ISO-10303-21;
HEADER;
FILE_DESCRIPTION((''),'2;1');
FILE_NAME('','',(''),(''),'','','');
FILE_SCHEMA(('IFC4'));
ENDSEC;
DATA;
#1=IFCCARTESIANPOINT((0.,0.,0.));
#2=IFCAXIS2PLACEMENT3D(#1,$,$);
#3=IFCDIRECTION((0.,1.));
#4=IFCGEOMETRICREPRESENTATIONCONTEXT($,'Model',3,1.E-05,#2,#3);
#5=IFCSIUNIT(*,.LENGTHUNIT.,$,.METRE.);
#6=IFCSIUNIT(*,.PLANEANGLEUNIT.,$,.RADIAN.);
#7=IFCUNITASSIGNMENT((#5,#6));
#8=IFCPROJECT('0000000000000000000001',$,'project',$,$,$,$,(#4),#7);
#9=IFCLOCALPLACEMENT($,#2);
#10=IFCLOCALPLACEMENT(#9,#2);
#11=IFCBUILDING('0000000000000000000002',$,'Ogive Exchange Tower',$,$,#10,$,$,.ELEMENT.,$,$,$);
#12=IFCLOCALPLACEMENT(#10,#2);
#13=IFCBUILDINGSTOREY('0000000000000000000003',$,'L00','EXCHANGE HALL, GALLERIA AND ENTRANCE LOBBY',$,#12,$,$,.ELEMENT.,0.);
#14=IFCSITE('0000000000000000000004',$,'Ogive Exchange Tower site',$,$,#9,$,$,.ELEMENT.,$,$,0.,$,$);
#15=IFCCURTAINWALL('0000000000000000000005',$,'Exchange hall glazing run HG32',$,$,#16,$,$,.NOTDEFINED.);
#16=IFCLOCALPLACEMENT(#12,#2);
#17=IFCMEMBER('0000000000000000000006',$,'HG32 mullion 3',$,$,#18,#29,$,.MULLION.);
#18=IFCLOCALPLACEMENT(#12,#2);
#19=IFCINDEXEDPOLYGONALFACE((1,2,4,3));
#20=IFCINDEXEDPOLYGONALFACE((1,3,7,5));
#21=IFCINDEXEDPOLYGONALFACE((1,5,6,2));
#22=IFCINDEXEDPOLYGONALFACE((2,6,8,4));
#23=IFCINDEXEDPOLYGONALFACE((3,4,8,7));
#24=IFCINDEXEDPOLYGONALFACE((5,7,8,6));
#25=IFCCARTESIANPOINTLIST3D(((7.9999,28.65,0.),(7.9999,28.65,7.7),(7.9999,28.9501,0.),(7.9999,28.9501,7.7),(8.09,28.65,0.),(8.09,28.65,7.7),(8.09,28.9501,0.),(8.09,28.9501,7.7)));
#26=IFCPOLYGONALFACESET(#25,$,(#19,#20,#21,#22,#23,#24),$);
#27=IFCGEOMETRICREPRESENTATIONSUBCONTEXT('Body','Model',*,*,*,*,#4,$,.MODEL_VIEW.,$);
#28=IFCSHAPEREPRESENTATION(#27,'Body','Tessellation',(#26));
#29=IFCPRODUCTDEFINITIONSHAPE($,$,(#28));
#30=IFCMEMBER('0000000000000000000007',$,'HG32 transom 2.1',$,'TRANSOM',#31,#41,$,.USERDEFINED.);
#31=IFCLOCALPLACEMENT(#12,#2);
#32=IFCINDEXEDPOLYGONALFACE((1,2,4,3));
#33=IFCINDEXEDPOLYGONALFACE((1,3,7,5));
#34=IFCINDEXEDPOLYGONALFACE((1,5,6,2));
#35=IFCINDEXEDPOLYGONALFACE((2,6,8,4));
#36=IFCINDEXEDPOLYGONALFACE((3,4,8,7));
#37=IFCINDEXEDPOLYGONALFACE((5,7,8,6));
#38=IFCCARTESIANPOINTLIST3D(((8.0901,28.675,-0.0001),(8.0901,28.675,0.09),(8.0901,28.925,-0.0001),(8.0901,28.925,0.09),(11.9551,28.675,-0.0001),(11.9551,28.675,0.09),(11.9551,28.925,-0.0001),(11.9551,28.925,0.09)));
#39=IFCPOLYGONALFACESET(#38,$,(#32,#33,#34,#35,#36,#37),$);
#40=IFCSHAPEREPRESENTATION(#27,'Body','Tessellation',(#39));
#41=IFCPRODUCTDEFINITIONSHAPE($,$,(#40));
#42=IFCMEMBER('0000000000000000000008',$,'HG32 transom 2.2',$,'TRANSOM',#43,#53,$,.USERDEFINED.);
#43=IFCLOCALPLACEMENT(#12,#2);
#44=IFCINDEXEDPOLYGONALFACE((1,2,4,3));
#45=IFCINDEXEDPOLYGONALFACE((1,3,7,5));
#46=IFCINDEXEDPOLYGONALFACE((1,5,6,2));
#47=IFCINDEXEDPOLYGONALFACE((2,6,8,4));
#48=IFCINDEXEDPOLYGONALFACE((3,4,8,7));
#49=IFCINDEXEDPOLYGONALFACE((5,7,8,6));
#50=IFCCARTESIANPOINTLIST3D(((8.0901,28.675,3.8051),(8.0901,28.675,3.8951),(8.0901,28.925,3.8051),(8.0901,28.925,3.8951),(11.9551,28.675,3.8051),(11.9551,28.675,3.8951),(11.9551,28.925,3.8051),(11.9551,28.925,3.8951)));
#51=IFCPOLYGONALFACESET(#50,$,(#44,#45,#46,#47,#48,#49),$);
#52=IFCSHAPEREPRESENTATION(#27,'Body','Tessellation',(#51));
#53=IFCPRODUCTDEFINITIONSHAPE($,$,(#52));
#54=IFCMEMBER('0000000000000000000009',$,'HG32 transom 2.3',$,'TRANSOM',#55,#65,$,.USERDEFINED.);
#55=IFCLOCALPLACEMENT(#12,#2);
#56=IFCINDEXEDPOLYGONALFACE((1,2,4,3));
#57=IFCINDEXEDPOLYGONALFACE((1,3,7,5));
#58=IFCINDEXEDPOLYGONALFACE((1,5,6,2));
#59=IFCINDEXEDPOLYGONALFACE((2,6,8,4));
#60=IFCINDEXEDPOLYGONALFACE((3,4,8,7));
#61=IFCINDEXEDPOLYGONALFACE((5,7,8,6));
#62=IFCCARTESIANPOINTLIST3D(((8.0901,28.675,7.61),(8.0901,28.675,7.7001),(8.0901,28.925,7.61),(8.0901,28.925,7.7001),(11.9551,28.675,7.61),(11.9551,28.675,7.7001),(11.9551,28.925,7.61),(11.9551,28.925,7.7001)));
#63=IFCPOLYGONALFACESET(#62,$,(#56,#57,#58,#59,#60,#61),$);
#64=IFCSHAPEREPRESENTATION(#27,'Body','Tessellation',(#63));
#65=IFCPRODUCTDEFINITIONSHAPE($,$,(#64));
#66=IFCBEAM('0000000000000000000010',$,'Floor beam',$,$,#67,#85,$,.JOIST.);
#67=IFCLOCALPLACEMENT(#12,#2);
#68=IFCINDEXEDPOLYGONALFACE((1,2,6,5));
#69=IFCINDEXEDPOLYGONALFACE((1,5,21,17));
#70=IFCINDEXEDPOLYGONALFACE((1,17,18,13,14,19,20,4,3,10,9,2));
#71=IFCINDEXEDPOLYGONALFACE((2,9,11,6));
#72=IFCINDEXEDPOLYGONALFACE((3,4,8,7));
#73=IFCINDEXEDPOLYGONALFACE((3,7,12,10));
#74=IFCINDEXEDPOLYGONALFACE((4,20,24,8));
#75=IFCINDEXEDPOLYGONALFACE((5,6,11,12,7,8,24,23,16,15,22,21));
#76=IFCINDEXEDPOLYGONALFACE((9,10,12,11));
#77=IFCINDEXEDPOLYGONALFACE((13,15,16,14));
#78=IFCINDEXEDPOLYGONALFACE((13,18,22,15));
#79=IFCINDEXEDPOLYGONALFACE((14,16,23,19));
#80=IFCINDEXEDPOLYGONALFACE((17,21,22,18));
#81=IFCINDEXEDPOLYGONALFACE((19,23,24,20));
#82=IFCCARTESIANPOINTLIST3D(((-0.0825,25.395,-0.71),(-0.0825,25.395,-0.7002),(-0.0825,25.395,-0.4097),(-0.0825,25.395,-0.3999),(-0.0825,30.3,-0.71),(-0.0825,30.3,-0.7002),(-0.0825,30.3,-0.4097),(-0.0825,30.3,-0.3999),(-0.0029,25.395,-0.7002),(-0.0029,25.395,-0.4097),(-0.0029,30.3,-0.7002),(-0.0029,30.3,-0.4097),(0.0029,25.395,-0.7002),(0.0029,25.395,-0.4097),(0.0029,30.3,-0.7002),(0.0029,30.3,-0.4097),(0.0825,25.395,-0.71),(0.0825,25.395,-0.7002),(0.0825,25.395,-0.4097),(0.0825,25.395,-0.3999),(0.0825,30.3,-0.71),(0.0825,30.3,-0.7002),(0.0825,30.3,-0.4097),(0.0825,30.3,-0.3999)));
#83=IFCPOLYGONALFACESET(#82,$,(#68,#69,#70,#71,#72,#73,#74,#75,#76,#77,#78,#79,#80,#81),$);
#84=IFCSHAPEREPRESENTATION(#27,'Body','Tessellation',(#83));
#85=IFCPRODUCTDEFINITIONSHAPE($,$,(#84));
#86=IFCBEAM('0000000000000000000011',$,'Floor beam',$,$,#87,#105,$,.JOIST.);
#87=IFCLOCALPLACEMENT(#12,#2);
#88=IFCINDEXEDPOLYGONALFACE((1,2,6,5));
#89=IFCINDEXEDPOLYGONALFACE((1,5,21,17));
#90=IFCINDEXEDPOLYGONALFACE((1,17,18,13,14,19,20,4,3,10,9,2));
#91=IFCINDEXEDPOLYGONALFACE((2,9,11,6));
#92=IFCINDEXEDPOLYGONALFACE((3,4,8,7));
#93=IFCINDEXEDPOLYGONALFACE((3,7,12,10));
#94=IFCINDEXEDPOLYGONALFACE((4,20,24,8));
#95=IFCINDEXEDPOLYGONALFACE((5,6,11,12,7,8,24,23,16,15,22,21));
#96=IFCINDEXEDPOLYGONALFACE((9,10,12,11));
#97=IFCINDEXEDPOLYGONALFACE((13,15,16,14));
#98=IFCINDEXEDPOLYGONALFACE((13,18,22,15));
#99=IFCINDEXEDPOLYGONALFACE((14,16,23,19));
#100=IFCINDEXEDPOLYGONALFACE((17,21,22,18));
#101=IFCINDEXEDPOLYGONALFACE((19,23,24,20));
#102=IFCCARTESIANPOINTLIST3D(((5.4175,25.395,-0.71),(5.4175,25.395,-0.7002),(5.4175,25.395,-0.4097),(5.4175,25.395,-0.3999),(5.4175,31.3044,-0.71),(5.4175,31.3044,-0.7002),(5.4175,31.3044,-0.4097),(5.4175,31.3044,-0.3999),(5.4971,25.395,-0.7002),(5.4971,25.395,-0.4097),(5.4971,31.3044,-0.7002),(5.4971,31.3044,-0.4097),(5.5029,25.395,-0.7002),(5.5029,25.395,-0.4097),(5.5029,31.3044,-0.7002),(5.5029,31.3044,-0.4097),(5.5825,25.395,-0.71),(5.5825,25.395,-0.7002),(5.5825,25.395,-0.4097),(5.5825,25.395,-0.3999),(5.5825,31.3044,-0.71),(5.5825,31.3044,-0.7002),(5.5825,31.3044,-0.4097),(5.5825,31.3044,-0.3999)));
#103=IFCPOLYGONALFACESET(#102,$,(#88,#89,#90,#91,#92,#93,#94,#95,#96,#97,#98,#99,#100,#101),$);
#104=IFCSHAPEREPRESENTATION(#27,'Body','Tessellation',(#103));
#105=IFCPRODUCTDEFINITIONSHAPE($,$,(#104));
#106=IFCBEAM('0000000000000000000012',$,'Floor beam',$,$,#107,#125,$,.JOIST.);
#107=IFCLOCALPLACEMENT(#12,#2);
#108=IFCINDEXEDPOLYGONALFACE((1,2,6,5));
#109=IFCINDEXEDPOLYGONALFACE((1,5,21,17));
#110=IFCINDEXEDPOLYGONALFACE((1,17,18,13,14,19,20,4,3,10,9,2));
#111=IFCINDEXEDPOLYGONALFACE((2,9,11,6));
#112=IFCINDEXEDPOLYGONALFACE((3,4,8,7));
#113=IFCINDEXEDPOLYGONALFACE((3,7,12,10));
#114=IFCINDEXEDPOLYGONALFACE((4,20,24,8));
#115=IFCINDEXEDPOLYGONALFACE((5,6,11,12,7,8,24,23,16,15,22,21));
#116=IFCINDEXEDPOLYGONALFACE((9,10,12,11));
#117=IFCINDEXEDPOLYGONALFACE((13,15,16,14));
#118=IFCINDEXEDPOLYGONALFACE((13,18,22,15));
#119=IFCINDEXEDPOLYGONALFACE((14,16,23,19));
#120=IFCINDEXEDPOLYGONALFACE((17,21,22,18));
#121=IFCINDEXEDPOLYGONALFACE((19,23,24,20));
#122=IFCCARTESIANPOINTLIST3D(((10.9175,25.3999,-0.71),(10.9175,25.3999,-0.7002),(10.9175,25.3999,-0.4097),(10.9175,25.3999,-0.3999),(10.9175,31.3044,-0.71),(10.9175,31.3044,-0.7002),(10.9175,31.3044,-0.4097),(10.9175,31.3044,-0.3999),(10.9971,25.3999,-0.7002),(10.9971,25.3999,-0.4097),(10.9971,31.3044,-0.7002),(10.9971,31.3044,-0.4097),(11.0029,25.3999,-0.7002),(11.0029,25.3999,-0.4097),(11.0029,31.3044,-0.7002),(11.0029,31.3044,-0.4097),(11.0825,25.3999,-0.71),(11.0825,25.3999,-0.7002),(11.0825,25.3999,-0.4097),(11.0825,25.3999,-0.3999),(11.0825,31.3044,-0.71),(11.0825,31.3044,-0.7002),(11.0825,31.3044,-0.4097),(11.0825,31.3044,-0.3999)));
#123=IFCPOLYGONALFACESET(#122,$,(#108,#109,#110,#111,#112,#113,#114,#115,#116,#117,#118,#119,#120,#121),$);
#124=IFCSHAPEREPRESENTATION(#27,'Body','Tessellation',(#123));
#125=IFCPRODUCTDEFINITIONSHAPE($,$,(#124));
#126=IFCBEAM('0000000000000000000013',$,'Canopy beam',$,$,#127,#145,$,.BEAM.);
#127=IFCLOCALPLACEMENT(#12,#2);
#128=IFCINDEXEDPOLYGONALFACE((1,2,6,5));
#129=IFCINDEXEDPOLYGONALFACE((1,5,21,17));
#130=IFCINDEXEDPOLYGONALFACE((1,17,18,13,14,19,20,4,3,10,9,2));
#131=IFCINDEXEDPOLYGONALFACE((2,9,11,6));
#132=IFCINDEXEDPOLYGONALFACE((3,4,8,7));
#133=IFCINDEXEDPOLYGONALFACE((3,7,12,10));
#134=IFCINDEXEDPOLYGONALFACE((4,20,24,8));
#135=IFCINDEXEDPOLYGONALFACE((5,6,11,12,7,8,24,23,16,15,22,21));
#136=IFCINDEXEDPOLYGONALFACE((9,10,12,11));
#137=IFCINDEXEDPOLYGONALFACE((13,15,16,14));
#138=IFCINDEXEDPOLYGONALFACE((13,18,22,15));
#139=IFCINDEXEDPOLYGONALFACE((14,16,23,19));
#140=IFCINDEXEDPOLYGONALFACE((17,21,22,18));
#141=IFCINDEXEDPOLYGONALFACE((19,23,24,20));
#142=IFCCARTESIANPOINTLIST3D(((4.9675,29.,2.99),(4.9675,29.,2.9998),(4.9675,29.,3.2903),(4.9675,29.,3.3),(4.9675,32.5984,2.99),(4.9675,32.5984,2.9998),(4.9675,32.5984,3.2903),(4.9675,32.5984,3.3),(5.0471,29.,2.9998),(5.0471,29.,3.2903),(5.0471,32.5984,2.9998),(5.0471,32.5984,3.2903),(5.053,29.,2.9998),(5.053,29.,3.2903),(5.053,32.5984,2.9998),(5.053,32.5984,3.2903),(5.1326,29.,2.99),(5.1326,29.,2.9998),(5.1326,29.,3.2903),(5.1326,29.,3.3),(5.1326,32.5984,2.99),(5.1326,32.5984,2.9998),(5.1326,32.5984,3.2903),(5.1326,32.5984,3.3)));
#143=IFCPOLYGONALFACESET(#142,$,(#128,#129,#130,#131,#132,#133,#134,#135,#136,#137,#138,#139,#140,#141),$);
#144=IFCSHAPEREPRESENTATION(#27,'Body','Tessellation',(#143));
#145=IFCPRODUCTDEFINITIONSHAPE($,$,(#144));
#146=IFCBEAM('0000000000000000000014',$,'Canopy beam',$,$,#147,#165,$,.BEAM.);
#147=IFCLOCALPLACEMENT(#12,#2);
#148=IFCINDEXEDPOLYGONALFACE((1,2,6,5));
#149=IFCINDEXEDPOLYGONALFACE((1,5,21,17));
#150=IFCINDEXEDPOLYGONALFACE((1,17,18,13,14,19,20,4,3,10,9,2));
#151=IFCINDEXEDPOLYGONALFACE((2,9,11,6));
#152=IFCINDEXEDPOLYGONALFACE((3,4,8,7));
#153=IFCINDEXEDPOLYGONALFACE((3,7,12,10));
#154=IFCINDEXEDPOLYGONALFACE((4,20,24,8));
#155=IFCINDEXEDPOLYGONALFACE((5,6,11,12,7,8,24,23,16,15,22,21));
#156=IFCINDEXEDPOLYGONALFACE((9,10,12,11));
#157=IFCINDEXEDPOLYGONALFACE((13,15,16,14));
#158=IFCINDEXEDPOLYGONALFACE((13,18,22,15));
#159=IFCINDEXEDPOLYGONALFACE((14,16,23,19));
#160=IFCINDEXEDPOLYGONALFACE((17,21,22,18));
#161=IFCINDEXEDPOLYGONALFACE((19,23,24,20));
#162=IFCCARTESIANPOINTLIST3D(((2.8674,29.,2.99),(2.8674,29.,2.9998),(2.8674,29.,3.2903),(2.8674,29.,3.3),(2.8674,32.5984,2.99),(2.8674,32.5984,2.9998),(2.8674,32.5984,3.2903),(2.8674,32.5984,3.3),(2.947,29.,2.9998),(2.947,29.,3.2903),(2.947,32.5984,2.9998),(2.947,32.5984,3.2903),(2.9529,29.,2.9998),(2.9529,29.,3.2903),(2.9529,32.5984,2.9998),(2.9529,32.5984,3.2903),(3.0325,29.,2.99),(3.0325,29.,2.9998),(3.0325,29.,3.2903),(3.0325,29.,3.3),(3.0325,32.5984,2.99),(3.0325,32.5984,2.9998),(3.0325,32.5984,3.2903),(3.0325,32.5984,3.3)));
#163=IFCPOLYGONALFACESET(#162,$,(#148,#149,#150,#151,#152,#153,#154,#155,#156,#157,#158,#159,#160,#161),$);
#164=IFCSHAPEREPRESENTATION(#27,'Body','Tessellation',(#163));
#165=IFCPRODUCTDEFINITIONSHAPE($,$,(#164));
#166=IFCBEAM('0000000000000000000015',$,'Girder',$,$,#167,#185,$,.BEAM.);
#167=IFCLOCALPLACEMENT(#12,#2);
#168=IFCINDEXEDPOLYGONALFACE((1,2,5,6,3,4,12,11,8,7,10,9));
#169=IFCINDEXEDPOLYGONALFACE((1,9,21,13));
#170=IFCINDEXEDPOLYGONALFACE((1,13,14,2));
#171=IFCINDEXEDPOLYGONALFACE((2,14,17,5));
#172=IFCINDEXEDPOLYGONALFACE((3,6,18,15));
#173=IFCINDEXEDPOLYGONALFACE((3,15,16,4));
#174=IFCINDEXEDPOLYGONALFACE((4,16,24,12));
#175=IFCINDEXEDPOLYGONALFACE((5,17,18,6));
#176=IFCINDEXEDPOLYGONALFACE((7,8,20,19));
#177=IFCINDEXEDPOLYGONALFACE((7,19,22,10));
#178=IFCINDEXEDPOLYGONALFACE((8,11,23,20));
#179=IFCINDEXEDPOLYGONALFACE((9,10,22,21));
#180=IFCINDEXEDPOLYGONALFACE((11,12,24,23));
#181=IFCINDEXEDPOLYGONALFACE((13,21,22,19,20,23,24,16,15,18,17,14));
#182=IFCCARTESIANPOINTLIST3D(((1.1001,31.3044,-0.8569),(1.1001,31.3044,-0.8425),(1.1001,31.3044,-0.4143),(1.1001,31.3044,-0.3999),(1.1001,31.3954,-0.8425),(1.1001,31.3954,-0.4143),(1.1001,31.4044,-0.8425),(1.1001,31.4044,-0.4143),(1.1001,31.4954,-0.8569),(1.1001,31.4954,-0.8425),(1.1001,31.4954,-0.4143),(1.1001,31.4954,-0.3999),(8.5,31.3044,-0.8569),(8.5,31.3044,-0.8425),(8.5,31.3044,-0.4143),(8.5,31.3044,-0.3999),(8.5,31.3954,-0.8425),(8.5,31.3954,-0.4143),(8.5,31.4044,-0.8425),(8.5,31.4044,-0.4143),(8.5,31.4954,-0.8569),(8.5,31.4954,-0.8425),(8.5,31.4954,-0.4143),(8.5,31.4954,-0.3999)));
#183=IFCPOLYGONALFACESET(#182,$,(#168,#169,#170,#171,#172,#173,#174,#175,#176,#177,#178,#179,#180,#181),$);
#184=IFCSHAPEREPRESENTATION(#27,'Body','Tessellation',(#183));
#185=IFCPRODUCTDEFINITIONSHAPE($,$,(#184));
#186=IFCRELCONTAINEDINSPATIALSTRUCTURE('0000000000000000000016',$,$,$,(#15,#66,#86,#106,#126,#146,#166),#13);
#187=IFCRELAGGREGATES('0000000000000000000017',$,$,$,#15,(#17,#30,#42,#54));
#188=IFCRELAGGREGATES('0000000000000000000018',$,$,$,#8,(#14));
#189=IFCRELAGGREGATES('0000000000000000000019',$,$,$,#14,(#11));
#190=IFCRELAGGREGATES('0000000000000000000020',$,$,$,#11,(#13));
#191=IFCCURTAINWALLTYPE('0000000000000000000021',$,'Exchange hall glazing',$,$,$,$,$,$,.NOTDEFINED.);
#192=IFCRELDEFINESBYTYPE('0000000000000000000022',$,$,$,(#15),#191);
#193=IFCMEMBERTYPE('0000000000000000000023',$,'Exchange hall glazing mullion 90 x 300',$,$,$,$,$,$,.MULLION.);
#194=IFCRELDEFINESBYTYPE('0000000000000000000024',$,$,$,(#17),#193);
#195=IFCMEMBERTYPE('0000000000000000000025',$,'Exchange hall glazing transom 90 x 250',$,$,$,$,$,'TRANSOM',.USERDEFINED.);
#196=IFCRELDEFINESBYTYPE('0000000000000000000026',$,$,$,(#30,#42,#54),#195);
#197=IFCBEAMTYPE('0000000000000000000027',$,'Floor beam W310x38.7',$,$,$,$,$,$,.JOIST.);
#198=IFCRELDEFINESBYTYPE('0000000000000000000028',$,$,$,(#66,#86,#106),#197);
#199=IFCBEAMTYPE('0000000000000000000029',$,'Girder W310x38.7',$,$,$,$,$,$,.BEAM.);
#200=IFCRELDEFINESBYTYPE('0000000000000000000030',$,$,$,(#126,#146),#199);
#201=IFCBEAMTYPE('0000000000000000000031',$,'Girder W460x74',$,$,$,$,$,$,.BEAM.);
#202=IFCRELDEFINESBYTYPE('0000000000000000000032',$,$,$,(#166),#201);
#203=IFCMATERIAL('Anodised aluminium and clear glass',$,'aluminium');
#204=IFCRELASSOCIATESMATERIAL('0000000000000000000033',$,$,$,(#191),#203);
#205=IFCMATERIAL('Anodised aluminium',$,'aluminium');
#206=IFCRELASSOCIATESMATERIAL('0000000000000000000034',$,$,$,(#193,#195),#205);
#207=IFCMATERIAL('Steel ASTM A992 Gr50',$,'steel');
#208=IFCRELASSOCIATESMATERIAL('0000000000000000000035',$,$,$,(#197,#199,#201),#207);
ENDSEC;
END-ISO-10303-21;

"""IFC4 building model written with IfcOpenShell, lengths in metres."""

from ifc_helpers import new_model, si_unit, direction, frame, origin, origin_2d, place, context, subcontext, project, spatial, rectangle, i_section, extrude, material, material_profile, profile_set, type_object, element, aggregate, save


model = new_model("IFC4")

# Units and contexts
model_context = context("Model", 3, precision=1e-05, world=origin(), true_north=direction((0.0, 1.0)))
body_context = subcontext(model_context, "Body", "Model", "MODEL_VIEW")
ifc_project = project(units=[si_unit("LENGTHUNIT", "METRE"), si_unit("PLANEANGLEUNIT", "RADIAN")], contexts=[model_context])

# Site, building, storey
site_placement = place(None, origin())
site = spatial("IfcSite", under=ifc_project, at=site_placement, Name="Ogive Exchange Tower site", CompositionType="ELEMENT", RefElevation=0.0)
building_placement = place(site_placement, origin())
building = spatial("IfcBuilding", under=site, at=building_placement, Name="Ogive Exchange Tower", CompositionType="ELEMENT")
storey_placement = place(building_placement, origin())
storey = spatial("IfcBuildingStorey", under=building, at=storey_placement, Name="L00", Description="EXCHANGE HALL, GALLERIA AND ENTRANCE LOBBY", CompositionType="ELEMENT", Elevation=0.0)

# Curtain wall, members
ifc_material_1 = material(Name="Anodised aluminium and clear glass", Category="aluminium")
curtain_wall_type = type_object("IfcCurtainWallType", Name="Exchange hall glazing", PredefinedType="NOTDEFINED", material=ifc_material_1)
curtain_wall_placement = place(storey_placement, origin())
curtain_wall = element("IfcCurtainWall", 1, at=curtain_wall_placement, inside=storey, type_object=curtain_wall_type, Name="Exchange hall glazing run HG32", PredefinedType="NOTDEFINED")
ifc_material_2 = material(Name="Anodised aluminium", Category="aluminium")
ifc_material_profile_1 = material_profile(ifc_material_2, rectangle(XDim=0.3, YDim=0.0901, at=origin_2d()), Name="AL 90x300")
ifc_profile_set_1 = profile_set([ifc_material_profile_1], Name="Anodised aluminium")
member_type_1 = type_object("IfcMemberType", Name="Exchange hall glazing mullion 90 x 300", PredefinedType="MULLION", material=ifc_profile_set_1)
member_1_placement = place(storey_placement, frame((8.0449, 28.8, 0.0), z_axis=(0.0, 0.0, 1.0), x_axis=(0.0, -1.0, 0.0)))
member_1 = element("IfcMember", 2, at=member_1_placement, type_object=member_type_1, Name="HG32 mullion 3", PredefinedType="MULLION", context=body_context, shape_type="SweptSolid", body=[
    extrude(rectangle(XDim=0.3, YDim=0.0901, at=origin_2d()), origin(), (0.0, 0.0, 1.0), 7.7),
])
ifc_material_profile_2 = material_profile(ifc_material_2, rectangle(XDim=0.25, YDim=0.0901, at=origin_2d()), Name="AL 90x250")
ifc_profile_set_2 = profile_set([ifc_material_profile_2], Name="Anodised aluminium")
member_type_2 = type_object("IfcMemberType", Name="Exchange hall glazing transom 90 x 250", ElementType="TRANSOM", PredefinedType="USERDEFINED", material=ifc_profile_set_2)
member_2_placement = place(storey_placement, frame((11.9551, 28.8, 0.0449), z_axis=(-1.0, 0.0, 0.0), x_axis=(0.0, -1.0, 0.0)))
member_2 = element("IfcMember", 3, at=member_2_placement, type_object=member_type_2, Name="HG32 transom 2.1", ObjectType="TRANSOM", PredefinedType="USERDEFINED", context=body_context, shape_type="SweptSolid", body=[
    extrude(rectangle(XDim=0.25, YDim=0.0901, at=origin_2d()), origin(), (0.0, 0.0, 1.0), 3.865),
])
member_3_placement = place(storey_placement, frame((11.9551, 28.8, 3.8501), z_axis=(-1.0, 0.0, 0.0), x_axis=(0.0, -1.0, 0.0)))
member_3 = element("IfcMember", 4, at=member_3_placement, type_object=member_type_2, Name="HG32 transom 2.2", ObjectType="TRANSOM", PredefinedType="USERDEFINED", context=body_context, shape_type="SweptSolid", body=[
    extrude(rectangle(XDim=0.25, YDim=0.0901, at=origin_2d()), origin(), (0.0, 0.0, 1.0), 3.865),
])
member_4_placement = place(storey_placement, frame((11.9551, 28.8, 7.655), z_axis=(-1.0, 0.0, 0.0), x_axis=(0.0, -1.0, 0.0)))
member_4 = element("IfcMember", 5, at=member_4_placement, type_object=member_type_2, Name="HG32 transom 2.3", ObjectType="TRANSOM", PredefinedType="USERDEFINED", context=body_context, shape_type="SweptSolid", body=[
    extrude(rectangle(XDim=0.25, YDim=0.0901, at=origin_2d()), origin(), (0.0, 0.0, 1.0), 3.865),
])

# Beams
ifc_material_3 = material(Name="Steel ASTM A992 Gr50", Category="steel")
ifc_material_profile_3 = material_profile(ifc_material_3, i_section(OverallWidth=0.165, OverallDepth=0.3101, WebThickness=0.0059, FlangeThickness=0.0098, at=origin_2d()), Name="W310x38.7")
ifc_profile_set_3 = profile_set([ifc_material_profile_3], Name="Steel ASTM A992 Gr50")
beam_type_1 = type_object("IfcBeamType", Name="Floor beam W310x38.7", PredefinedType="JOIST", material=ifc_profile_set_3)
beam_1_placement = place(storey_placement, frame((0.0, 25.395, -0.5549), z_axis=(0.0, 1.0, 0.0), x_axis=(-1.0, 0.0, 0.0)))
element("IfcBeam", 6, at=beam_1_placement, inside=storey, type_object=beam_type_1, Name="Floor beam", PredefinedType="JOIST", context=body_context, shape_type="SweptSolid", body=[
    extrude(i_section(OverallWidth=0.165, OverallDepth=0.3101, WebThickness=0.0059, FlangeThickness=0.0098, at=origin_2d()), origin(), (0.0, 0.0, 1.0), 4.905),
])
beam_2_placement = place(storey_placement, frame((5.5, 25.395, -0.5549), z_axis=(0.0, 1.0, 0.0), x_axis=(-1.0, 0.0, 0.0)))
element("IfcBeam", 7, at=beam_2_placement, inside=storey, type_object=beam_type_1, Name="Floor beam", PredefinedType="JOIST", context=body_context, shape_type="SweptSolid", body=[
    extrude(i_section(OverallWidth=0.165, OverallDepth=0.3101, WebThickness=0.0059, FlangeThickness=0.0098, at=origin_2d()), origin(), (0.0, 0.0, 1.0), 5.9094),
])
beam_3_placement = place(storey_placement, frame((11.0, 25.3999, -0.5549), z_axis=(0.0, 1.0, 0.0), x_axis=(-1.0, 0.0, 0.0)))
element("IfcBeam", 8, at=beam_3_placement, inside=storey, type_object=beam_type_1, Name="Floor beam", PredefinedType="JOIST", context=body_context, shape_type="SweptSolid", body=[
    extrude(i_section(OverallWidth=0.165, OverallDepth=0.3101, WebThickness=0.0059, FlangeThickness=0.0098, at=origin_2d()), origin(), (0.0, 0.0, 1.0), 5.9045),
])
ifc_material_profile_4 = material_profile(ifc_material_3, i_section(OverallWidth=0.165, OverallDepth=0.3101, WebThickness=0.0059, FlangeThickness=0.0098, at=origin_2d()), Name="W310x38.7")
ifc_profile_set_4 = profile_set([ifc_material_profile_4], Name="Steel ASTM A992 Gr50")
beam_type_2 = type_object("IfcBeamType", Name="Girder W310x38.7", PredefinedType="BEAM", material=ifc_profile_set_4)
for number, where, z_axis, x_axis, name in (
    (9, (5.05, 29.0, 3.145), (0.0, 1.0, 0.0), (-1.0, 0.0, 0.0), "Canopy beam"),
    (10, (2.95, 29.0, 3.145), (0.0, 1.0, 0.0), (-1.0, 0.0, 0.0), "Canopy beam"),
):
    element("IfcBeam", number, at=place(storey_placement, frame(where, z_axis=z_axis, x_axis=x_axis)), inside=storey, type_object=beam_type_2, Name=name, PredefinedType="BEAM", context=body_context, shape_type="SweptSolid", body=[
        extrude(i_section(OverallWidth=0.165, OverallDepth=0.3101, WebThickness=0.0059, FlangeThickness=0.0098, at=origin_2d()), origin(), (0.0, 0.0, 1.0), 3.5984),
    ])
ifc_material_profile_5 = material_profile(ifc_material_3, i_section(OverallWidth=0.1909, OverallDepth=0.457, WebThickness=0.009, FlangeThickness=0.0144, at=origin_2d()), Name="W460x74")
ifc_profile_set_5 = profile_set([ifc_material_profile_5], Name="Steel ASTM A992 Gr50")
beam_type_3 = type_object("IfcBeamType", Name="Girder W460x74", PredefinedType="BEAM", material=ifc_profile_set_5)
beam_4_placement = place(storey_placement, frame((8.5, 31.3999, -0.6284), z_axis=(-1.0, 0.0, 0.0), x_axis=(0.0, -1.0, 0.0)))
element("IfcBeam", 11, at=beam_4_placement, inside=storey, type_object=beam_type_3, Name="Girder", PredefinedType="BEAM", context=body_context, shape_type="SweptSolid", body=[
    extrude(i_section(OverallWidth=0.1909, OverallDepth=0.457, WebThickness=0.009, FlangeThickness=0.0144, at=origin_2d()), origin(), (0.0, 0.0, 1.0), 7.3999),
])

aggregate(curtain_wall, [member_1, member_2, member_3, member_4])

save(model, "model.ifc")
